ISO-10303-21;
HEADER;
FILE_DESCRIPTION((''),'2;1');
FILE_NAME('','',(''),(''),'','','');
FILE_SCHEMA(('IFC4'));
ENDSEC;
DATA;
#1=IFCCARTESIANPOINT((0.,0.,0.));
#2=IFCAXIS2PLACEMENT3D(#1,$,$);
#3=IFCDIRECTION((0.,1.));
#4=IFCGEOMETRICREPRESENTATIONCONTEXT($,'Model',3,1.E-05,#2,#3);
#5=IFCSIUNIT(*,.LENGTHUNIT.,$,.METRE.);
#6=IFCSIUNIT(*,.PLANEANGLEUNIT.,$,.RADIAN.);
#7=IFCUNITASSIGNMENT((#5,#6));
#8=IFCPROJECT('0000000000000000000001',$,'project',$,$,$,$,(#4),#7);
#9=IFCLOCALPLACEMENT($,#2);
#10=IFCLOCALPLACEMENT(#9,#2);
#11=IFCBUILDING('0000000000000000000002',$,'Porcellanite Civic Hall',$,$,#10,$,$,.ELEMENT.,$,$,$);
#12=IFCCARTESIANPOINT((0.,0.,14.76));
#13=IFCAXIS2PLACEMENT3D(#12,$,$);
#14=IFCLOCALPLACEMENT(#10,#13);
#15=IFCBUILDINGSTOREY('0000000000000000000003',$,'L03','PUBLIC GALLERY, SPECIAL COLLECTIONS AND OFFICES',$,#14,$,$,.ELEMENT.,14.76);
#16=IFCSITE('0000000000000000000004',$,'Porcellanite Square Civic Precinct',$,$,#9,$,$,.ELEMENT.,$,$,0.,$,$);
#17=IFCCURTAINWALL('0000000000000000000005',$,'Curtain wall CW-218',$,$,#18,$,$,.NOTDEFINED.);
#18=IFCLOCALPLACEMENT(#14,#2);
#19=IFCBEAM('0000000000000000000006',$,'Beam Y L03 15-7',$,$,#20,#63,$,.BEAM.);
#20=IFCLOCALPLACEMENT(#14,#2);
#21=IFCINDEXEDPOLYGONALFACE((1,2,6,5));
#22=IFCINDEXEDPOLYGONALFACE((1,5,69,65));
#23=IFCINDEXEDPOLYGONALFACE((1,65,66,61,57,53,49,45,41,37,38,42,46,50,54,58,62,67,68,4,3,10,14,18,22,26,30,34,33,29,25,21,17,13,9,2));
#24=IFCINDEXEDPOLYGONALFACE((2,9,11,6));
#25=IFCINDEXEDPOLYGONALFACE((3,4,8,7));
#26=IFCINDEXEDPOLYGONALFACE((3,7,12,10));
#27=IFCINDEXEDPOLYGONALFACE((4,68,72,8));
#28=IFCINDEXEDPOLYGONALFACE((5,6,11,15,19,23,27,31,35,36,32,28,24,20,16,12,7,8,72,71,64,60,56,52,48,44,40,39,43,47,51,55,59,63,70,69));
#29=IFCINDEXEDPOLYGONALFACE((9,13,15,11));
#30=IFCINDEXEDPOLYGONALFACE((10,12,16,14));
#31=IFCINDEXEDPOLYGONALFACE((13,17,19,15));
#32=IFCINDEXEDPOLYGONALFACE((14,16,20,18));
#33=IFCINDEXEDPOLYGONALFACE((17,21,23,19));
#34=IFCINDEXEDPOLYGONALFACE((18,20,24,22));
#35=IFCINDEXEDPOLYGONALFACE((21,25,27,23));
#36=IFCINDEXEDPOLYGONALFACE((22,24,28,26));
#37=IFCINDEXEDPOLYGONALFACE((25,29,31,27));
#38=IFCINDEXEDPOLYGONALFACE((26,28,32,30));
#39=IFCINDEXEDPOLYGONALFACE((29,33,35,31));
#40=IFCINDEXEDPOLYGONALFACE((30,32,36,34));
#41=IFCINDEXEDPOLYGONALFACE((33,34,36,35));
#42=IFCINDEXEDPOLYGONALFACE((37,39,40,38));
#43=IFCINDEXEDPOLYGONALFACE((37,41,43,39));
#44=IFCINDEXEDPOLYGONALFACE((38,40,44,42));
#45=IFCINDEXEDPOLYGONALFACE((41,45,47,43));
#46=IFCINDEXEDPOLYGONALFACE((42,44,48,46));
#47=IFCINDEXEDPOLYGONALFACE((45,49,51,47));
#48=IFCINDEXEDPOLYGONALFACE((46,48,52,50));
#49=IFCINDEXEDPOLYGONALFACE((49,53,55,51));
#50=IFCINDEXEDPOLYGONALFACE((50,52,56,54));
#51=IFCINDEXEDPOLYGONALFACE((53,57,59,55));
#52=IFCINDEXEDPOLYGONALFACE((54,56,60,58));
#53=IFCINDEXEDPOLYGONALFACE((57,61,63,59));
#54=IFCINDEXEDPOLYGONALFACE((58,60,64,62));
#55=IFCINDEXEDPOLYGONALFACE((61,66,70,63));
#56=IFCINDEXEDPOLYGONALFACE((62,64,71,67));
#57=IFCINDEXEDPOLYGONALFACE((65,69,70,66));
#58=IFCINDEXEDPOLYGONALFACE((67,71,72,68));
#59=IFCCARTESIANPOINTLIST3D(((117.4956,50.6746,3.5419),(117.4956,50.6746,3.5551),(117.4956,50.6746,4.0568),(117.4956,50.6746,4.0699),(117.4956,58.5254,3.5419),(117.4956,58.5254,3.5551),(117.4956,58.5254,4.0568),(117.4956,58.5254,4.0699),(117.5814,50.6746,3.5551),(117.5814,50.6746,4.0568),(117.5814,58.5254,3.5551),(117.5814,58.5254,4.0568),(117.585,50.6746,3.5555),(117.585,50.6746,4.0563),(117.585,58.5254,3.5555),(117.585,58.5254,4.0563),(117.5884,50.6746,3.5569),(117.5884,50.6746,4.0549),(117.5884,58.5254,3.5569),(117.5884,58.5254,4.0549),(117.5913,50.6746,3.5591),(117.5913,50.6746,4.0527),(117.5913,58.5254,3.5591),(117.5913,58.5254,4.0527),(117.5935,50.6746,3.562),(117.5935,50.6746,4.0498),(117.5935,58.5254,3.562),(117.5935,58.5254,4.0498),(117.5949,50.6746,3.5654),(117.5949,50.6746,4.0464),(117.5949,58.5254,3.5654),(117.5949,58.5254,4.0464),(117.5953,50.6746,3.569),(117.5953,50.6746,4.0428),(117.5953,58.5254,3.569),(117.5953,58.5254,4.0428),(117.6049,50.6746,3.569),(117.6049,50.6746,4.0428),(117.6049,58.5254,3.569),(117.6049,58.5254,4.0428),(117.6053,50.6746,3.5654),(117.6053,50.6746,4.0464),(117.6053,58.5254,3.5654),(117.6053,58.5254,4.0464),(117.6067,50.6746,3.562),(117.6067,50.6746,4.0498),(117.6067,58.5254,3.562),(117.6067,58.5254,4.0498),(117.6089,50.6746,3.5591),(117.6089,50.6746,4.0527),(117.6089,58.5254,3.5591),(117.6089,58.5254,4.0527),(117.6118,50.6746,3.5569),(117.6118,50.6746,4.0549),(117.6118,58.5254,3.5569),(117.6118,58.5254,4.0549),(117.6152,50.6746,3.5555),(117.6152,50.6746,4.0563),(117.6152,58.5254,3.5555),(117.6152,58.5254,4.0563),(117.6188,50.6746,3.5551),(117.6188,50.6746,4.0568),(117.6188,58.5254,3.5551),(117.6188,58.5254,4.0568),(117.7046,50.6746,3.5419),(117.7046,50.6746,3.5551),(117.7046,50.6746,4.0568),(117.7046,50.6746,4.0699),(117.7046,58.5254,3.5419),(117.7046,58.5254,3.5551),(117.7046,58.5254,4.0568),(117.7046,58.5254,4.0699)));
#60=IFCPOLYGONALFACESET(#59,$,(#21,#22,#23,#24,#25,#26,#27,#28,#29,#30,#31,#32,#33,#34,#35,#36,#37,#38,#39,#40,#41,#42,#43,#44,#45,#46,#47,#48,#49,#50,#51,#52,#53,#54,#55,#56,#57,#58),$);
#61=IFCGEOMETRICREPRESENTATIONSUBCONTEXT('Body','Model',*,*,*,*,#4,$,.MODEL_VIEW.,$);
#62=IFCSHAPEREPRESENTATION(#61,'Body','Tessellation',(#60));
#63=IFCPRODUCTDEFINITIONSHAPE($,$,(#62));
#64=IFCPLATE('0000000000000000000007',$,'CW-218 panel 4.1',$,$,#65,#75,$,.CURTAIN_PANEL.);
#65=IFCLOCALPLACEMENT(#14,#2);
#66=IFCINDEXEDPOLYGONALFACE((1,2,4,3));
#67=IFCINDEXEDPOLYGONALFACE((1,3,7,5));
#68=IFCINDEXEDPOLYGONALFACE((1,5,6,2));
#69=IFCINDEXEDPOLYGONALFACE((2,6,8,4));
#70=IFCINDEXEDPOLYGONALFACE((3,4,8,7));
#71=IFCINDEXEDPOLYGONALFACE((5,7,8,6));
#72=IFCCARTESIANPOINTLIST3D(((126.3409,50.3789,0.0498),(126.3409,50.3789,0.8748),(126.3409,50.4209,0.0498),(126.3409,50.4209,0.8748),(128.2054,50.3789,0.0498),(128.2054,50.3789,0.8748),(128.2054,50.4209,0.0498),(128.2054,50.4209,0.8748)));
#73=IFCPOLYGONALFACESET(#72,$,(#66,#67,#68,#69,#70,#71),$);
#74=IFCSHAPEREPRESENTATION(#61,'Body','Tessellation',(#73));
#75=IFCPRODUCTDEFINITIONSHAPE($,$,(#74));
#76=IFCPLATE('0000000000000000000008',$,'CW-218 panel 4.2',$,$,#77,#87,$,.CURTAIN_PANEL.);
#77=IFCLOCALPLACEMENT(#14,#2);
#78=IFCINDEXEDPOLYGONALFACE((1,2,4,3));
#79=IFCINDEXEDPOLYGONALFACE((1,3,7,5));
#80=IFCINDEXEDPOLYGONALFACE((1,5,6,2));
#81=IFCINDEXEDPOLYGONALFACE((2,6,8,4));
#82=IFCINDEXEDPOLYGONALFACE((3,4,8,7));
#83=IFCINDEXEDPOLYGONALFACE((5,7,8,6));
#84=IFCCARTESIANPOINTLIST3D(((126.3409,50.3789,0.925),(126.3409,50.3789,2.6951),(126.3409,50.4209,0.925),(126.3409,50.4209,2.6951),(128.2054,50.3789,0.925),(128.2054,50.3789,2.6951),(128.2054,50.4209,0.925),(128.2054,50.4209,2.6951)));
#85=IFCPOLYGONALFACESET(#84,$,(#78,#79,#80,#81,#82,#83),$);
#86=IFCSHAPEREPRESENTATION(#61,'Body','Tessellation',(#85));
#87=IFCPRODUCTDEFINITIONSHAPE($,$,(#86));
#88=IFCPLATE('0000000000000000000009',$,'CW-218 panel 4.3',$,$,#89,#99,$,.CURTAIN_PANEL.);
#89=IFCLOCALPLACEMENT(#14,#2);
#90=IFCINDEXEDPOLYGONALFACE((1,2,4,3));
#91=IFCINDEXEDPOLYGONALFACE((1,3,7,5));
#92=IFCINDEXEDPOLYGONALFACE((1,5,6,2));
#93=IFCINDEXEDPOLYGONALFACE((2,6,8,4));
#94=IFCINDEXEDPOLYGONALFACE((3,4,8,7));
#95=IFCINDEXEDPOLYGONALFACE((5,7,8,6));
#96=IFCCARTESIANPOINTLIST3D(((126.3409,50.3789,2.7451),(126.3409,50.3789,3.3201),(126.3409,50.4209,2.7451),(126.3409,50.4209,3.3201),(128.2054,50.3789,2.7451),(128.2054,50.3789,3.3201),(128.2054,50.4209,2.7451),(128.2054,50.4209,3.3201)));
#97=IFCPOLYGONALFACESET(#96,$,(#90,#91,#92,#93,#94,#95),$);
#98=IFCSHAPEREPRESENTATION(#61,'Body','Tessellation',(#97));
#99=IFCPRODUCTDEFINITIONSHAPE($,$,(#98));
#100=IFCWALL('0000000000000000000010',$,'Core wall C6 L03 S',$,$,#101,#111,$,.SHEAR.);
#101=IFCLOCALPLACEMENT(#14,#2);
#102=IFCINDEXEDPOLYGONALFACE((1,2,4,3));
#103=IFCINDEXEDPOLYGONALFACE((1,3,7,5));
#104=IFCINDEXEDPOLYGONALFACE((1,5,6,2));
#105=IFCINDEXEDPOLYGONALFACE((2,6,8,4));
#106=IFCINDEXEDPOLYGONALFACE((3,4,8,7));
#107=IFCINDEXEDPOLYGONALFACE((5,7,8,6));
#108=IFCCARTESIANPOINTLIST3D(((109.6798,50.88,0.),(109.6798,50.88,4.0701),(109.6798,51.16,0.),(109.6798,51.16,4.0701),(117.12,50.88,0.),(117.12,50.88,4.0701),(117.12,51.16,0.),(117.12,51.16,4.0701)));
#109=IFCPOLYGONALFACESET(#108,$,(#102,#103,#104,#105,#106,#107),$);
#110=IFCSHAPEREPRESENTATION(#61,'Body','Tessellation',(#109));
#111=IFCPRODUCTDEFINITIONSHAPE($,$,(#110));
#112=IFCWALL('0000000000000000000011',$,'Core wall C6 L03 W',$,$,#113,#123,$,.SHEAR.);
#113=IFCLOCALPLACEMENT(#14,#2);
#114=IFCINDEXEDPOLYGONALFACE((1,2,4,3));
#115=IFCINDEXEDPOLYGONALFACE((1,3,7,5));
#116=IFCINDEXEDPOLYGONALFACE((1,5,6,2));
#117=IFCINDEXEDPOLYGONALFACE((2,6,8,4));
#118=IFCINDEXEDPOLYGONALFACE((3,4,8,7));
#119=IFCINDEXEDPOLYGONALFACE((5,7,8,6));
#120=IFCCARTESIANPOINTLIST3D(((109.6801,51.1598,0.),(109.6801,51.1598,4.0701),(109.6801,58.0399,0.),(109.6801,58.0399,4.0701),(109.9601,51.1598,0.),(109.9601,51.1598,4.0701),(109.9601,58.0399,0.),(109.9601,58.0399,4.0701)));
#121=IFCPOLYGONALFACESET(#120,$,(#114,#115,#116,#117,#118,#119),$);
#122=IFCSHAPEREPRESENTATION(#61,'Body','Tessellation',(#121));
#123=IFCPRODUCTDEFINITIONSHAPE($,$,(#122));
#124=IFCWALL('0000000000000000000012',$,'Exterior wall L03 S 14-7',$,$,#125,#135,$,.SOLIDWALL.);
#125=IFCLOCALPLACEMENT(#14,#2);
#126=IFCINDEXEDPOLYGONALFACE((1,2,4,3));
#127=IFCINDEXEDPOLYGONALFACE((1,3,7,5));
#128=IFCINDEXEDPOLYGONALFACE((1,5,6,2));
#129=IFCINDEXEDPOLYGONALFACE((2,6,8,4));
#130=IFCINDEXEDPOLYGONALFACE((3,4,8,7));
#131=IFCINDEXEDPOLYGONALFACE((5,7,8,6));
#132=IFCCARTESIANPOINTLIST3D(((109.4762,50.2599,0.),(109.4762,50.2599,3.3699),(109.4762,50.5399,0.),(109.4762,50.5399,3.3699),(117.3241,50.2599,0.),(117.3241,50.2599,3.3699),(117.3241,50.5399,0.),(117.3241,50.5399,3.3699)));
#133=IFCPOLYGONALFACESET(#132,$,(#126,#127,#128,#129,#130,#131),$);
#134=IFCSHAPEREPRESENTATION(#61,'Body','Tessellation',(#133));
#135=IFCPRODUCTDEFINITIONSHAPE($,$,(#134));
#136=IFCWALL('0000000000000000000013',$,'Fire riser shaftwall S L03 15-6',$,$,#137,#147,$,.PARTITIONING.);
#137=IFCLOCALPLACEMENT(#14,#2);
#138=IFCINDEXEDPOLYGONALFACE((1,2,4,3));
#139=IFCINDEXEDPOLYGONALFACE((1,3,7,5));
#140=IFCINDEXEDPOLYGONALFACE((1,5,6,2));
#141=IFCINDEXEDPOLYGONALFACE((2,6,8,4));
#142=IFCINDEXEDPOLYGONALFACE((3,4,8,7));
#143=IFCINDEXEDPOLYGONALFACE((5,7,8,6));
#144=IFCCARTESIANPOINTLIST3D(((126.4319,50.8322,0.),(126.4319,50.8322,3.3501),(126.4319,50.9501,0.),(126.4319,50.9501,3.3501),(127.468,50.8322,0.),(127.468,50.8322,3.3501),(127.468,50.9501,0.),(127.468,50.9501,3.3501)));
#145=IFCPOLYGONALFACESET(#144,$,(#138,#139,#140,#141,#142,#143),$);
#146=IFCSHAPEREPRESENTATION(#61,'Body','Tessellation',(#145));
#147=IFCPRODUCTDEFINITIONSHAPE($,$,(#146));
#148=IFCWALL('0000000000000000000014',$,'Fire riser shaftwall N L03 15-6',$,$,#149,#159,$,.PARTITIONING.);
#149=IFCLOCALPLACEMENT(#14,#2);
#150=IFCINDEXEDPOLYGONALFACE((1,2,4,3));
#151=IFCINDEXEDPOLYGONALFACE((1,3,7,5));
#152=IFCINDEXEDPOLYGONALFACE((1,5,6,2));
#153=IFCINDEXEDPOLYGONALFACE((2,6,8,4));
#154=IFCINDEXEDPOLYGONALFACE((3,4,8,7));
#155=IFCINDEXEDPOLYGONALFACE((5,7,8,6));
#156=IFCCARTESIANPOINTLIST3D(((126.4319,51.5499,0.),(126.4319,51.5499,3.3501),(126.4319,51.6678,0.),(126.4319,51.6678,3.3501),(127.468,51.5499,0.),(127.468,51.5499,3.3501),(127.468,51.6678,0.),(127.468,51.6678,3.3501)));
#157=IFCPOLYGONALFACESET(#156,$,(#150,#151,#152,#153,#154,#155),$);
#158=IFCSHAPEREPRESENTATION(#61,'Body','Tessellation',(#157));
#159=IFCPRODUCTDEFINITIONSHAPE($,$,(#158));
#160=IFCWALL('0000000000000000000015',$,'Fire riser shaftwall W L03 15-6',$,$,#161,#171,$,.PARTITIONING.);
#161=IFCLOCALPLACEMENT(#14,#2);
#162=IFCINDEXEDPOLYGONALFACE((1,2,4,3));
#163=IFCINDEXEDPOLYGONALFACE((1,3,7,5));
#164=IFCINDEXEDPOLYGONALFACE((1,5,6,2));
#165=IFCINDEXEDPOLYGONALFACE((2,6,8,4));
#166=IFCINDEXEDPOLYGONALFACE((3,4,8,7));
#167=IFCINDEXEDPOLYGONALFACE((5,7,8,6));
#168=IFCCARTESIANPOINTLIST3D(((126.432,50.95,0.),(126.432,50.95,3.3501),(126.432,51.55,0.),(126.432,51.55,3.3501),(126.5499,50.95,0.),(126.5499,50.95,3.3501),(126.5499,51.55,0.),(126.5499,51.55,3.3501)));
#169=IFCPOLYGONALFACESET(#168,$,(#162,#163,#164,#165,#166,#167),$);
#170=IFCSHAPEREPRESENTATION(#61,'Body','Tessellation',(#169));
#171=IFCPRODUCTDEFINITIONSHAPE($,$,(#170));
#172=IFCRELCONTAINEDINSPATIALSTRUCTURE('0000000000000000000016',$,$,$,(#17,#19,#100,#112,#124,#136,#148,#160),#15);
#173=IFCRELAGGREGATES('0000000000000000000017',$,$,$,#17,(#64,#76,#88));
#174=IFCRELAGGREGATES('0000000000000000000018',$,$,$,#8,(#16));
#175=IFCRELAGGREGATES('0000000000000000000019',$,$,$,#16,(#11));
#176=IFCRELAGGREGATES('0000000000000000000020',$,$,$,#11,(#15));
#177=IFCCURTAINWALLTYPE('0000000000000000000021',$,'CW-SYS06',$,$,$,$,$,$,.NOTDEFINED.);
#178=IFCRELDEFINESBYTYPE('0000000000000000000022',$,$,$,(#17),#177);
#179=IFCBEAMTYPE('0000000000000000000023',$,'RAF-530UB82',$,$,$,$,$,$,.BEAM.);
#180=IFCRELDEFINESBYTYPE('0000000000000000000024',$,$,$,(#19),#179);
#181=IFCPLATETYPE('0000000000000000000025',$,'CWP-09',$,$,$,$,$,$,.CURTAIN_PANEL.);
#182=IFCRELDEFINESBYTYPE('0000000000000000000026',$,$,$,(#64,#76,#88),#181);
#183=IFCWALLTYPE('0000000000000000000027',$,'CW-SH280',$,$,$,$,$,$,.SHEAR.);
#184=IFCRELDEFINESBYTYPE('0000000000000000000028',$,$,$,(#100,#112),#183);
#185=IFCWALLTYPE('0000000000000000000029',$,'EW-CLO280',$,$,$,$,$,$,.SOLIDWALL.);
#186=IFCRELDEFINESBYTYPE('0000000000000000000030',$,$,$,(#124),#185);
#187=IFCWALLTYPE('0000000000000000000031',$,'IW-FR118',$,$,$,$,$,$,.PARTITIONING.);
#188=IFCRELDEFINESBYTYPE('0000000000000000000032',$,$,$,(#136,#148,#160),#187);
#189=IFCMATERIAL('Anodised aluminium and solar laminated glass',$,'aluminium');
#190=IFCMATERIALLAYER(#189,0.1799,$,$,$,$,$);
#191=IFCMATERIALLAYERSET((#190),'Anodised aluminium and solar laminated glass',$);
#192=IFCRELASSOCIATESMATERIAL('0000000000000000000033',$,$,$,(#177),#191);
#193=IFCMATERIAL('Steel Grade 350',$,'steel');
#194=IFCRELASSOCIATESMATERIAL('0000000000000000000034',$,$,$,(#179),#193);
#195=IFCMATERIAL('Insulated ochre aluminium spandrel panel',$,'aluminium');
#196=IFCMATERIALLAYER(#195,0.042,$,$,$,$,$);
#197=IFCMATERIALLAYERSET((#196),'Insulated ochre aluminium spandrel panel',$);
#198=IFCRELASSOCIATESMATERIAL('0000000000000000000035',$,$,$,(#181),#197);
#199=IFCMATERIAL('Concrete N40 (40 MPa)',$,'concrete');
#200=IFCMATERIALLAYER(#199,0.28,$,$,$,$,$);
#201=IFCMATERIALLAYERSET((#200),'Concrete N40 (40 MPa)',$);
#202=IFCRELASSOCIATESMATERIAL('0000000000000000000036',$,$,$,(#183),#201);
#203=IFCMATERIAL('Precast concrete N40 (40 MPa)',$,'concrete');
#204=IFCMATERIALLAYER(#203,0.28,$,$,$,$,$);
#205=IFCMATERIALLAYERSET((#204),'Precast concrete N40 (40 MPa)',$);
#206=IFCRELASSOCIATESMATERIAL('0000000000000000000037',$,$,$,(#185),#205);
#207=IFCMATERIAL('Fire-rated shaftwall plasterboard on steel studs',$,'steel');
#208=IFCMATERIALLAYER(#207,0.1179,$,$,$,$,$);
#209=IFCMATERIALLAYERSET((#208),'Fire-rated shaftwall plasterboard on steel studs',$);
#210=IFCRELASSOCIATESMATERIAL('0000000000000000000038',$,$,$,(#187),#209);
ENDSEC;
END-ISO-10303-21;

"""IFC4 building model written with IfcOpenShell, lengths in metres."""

from ifc_helpers import new_model, si_unit, direction, frame, frame_2d, origin, origin_2d, place, context, subcontext, project, spatial, rectangle, i_section, extrude, material, layer, layer_set, material_profile, profile_set, type_object, element, aggregate, save


model = new_model("IFC4")

# Units and contexts
model_context = context("Model", 3, precision=1e-05, world=origin(), true_north=direction((0.0, 1.0)))
body_context = subcontext(model_context, "Body", "Model", "MODEL_VIEW")
ifc_project = project(units=[si_unit("LENGTHUNIT", "METRE"), si_unit("PLANEANGLEUNIT", "RADIAN")], contexts=[model_context])

# Site, building, storey
site_placement = place(None, origin())
site = spatial("IfcSite", under=ifc_project, at=site_placement, Name="Porcellanite Square Civic Precinct", CompositionType="ELEMENT", RefElevation=0.0)
building_placement = place(site_placement, origin())
building = spatial("IfcBuilding", under=site, at=building_placement, Name="Porcellanite Civic Hall", CompositionType="ELEMENT")
storey_placement = place(building_placement, frame((0.0, 0.0, 14.76)))
storey = spatial("IfcBuildingStorey", under=building, at=storey_placement, Name="L03", Description="PUBLIC GALLERY, SPECIAL COLLECTIONS AND OFFICES", CompositionType="ELEMENT", Elevation=14.76)

# Curtain wall
ifc_material_1 = material(Name="Anodised aluminium and solar laminated glass", Category="aluminium")
ifc_layer_1 = layer(ifc_material_1, 0.1799)
ifc_layer_set_1 = layer_set([ifc_layer_1], Name="Anodised aluminium and solar laminated glass")
curtain_wall_type = type_object("IfcCurtainWallType", Name="CW-SYS06", PredefinedType="NOTDEFINED", material=ifc_layer_set_1)
curtain_wall_placement = place(storey_placement, origin())
curtain_wall = element("IfcCurtainWall", 1, at=curtain_wall_placement, inside=storey, type_object=curtain_wall_type, Name="Curtain wall CW-218", PredefinedType="NOTDEFINED")

# Beam
ifc_material_2 = material(Name="Steel Grade 350", Category="steel")
ifc_material_profile_1 = material_profile(ifc_material_2, i_section(OverallWidth=0.209, OverallDepth=0.5281, WebThickness=0.0095, FlangeThickness=0.0132, FilletRadius=0.0139, at=origin_2d()), Name="530UB82.0")
ifc_profile_set_1 = profile_set([ifc_material_profile_1], Name="Steel Grade 350")
beam_type_1 = type_object("IfcBeamType", Name="RAF-530UB82", PredefinedType="BEAM", material=ifc_profile_set_1)
beam_1_placement = place(storey_placement, frame((117.6001, 50.6746, 3.8059), z_axis=(0.0, 1.0, 0.0), x_axis=(-1.0, 0.0, 0.0)))
element("IfcBeam", 2, at=beam_1_placement, inside=storey, type_object=beam_type_1, Name="Beam Y L03 15-7", PredefinedType="BEAM", context=body_context, shape_type="SweptSolid", body=[
    extrude(i_section(OverallWidth=0.209, OverallDepth=0.5281, WebThickness=0.0095, FlangeThickness=0.0132, FilletRadius=0.0139, at=origin_2d()), origin(), (0.0, 0.0, 1.0), 7.8508),
])

# Plates
ifc_material_3 = material(Name="Insulated ochre aluminium spandrel panel", Category="aluminium")
ifc_layer_2 = layer(ifc_material_3, 0.042)
ifc_layer_set_2 = layer_set([ifc_layer_2], Name="Insulated ochre aluminium spandrel panel")
plate_type = type_object("IfcPlateType", Name="CWP-09", PredefinedType="CURTAIN_PANEL", material=ifc_layer_set_2)
plate_1_placement = place(storey_placement, frame((127.2732, 50.3999, 0.0498), z_axis=(0.0, 0.0, 1.0), x_axis=(-1.0, 0.0, 0.0)))
plate_1 = element("IfcPlate", 3, at=plate_1_placement, type_object=plate_type, Name="CW-218 panel 4.1", PredefinedType="CURTAIN_PANEL", context=body_context, shape_type="SweptSolid", body=[
    extrude(rectangle(XDim=1.8645, YDim=0.042, at=origin_2d()), origin(), (0.0, 0.0, 1.0), 0.825),
])
plate_2_placement = place(storey_placement, frame((127.2732, 50.3999, 0.925), z_axis=(0.0, 0.0, 1.0), x_axis=(-1.0, 0.0, 0.0)))
plate_2 = element("IfcPlate", 4, at=plate_2_placement, type_object=plate_type, Name="CW-218 panel 4.2", PredefinedType="CURTAIN_PANEL", context=body_context, shape_type="SweptSolid", body=[
    extrude(rectangle(XDim=1.8645, YDim=0.042, at=origin_2d()), origin(), (0.0, 0.0, 1.0), 1.77),
])
plate_3_placement = place(storey_placement, frame((127.2732, 50.3999, 2.7451), z_axis=(0.0, 0.0, 1.0), x_axis=(-1.0, 0.0, 0.0)))
plate_3 = element("IfcPlate", 5, at=plate_3_placement, type_object=plate_type, Name="CW-218 panel 4.3", PredefinedType="CURTAIN_PANEL", context=body_context, shape_type="SweptSolid", body=[
    extrude(rectangle(XDim=1.8645, YDim=0.042, at=origin_2d()), origin(), (0.0, 0.0, 1.0), 0.575),
])
aggregate(curtain_wall, [plate_1, plate_2, plate_3])

# Walls
ifc_material_4 = material(Name="Concrete N40 (40 MPa)", Category="concrete")
ifc_layer_3 = layer(ifc_material_4, 0.28)
ifc_layer_set_3 = layer_set([ifc_layer_3], Name="Concrete N40 (40 MPa)")
wall_type_1 = type_object("IfcWallType", Name="CW-SH280", PredefinedType="SHEAR", material=ifc_layer_set_3)
wall_1_placement = place(storey_placement, frame((117.1201, 51.02, 0.0), z_axis=(0.0, 0.0, 1.0), x_axis=(-1.0, 0.0, 0.0)))
element("IfcWall", 6, at=wall_1_placement, inside=storey, type_object=wall_type_1, Name="Core wall C6 L03 S", PredefinedType="SHEAR", context=body_context, shape_type="SweptSolid", body=[
    extrude(rectangle(XDim=7.4402, YDim=0.28, at=frame_2d((3.7202, 0.0))), origin(), (0.0, 0.0, 1.0), 4.0701),
])
wall_2_placement = place(storey_placement, frame((109.8201, 51.1599, 0.0), z_axis=(0.0, 0.0, 1.0), x_axis=(0.0, 1.0, 0.0)))
element("IfcWall", 7, at=wall_2_placement, inside=storey, type_object=wall_type_1, Name="Core wall C6 L03 W", PredefinedType="SHEAR", context=body_context, shape_type="SweptSolid", body=[
    extrude(rectangle(XDim=6.8801, YDim=0.28, at=frame_2d((3.4399, 0.0))), origin(), (0.0, 0.0, 1.0), 4.0701),
])

# Wall
ifc_material_5 = material(Name="Precast concrete N40 (40 MPa)", Category="concrete")
ifc_layer_4 = layer(ifc_material_5, 0.28)
ifc_layer_set_4 = layer_set([ifc_layer_4], Name="Precast concrete N40 (40 MPa)")
wall_type_2 = type_object("IfcWallType", Name="EW-CLO280", PredefinedType="SOLIDWALL", material=ifc_layer_set_4)
wall_3_placement = place(storey_placement, frame((117.324, 50.3999, 0.0), z_axis=(0.0, 0.0, 1.0), x_axis=(-1.0, 0.0, 0.0)))
element("IfcWall", 8, at=wall_3_placement, inside=storey, type_object=wall_type_2, Name="Exterior wall L03 S 14-7", PredefinedType="SOLIDWALL", context=body_context, shape_type="SweptSolid", body=[
    extrude(rectangle(XDim=7.8479, YDim=0.28, at=frame_2d((3.9238, 0.0))), origin(), (0.0, 0.0, 1.0), 3.3699),
])

# Walls
ifc_material_6 = material(Name="Fire-rated shaftwall plasterboard on steel studs", Category="steel")
ifc_layer_5 = layer(ifc_material_6, 0.1179)
ifc_layer_set_5 = layer_set([ifc_layer_5], Name="Fire-rated shaftwall plasterboard on steel studs")
wall_type_3 = type_object("IfcWallType", Name="IW-FR118", PredefinedType="PARTITIONING", material=ifc_layer_set_5)
for number, where, z_axis, x_axis, name in (
    (9, (126.4319, 50.8911, 0.0), (0.0, 0.0, 1.0), (1.0, 0.0, 0.0), "Fire riser shaftwall S L03 15-6"),
    (10, (126.4319, 51.6089, 0.0), (0.0, 0.0, 1.0), (1.0, 0.0, 0.0), "Fire riser shaftwall N L03 15-6"),
):
    element("IfcWall", number, at=place(storey_placement, frame(where, z_axis=z_axis, x_axis=x_axis)), inside=storey, type_object=wall_type_3, Name=name, PredefinedType="PARTITIONING", context=body_context, shape_type="SweptSolid", body=[
        extrude(rectangle(XDim=1.0361, YDim=0.1179, at=frame_2d((0.5181, 0.0))), origin(), (0.0, 0.0, 1.0), 3.3501),
    ])
wall_4_placement = place(storey_placement, frame((126.491, 50.95, 0.0), z_axis=(0.0, 0.0, 1.0), x_axis=(0.0, 1.0, 0.0)))
element("IfcWall", 11, at=wall_4_placement, inside=storey, type_object=wall_type_3, Name="Fire riser shaftwall W L03 15-6", PredefinedType="PARTITIONING", context=body_context, shape_type="SweptSolid", body=[
    extrude(rectangle(XDim=0.6001, YDim=0.1179, at=frame_2d((0.3, 0.0))), origin(), (0.0, 0.0, 1.0), 3.3501),
])

save(model, "model.ifc")
